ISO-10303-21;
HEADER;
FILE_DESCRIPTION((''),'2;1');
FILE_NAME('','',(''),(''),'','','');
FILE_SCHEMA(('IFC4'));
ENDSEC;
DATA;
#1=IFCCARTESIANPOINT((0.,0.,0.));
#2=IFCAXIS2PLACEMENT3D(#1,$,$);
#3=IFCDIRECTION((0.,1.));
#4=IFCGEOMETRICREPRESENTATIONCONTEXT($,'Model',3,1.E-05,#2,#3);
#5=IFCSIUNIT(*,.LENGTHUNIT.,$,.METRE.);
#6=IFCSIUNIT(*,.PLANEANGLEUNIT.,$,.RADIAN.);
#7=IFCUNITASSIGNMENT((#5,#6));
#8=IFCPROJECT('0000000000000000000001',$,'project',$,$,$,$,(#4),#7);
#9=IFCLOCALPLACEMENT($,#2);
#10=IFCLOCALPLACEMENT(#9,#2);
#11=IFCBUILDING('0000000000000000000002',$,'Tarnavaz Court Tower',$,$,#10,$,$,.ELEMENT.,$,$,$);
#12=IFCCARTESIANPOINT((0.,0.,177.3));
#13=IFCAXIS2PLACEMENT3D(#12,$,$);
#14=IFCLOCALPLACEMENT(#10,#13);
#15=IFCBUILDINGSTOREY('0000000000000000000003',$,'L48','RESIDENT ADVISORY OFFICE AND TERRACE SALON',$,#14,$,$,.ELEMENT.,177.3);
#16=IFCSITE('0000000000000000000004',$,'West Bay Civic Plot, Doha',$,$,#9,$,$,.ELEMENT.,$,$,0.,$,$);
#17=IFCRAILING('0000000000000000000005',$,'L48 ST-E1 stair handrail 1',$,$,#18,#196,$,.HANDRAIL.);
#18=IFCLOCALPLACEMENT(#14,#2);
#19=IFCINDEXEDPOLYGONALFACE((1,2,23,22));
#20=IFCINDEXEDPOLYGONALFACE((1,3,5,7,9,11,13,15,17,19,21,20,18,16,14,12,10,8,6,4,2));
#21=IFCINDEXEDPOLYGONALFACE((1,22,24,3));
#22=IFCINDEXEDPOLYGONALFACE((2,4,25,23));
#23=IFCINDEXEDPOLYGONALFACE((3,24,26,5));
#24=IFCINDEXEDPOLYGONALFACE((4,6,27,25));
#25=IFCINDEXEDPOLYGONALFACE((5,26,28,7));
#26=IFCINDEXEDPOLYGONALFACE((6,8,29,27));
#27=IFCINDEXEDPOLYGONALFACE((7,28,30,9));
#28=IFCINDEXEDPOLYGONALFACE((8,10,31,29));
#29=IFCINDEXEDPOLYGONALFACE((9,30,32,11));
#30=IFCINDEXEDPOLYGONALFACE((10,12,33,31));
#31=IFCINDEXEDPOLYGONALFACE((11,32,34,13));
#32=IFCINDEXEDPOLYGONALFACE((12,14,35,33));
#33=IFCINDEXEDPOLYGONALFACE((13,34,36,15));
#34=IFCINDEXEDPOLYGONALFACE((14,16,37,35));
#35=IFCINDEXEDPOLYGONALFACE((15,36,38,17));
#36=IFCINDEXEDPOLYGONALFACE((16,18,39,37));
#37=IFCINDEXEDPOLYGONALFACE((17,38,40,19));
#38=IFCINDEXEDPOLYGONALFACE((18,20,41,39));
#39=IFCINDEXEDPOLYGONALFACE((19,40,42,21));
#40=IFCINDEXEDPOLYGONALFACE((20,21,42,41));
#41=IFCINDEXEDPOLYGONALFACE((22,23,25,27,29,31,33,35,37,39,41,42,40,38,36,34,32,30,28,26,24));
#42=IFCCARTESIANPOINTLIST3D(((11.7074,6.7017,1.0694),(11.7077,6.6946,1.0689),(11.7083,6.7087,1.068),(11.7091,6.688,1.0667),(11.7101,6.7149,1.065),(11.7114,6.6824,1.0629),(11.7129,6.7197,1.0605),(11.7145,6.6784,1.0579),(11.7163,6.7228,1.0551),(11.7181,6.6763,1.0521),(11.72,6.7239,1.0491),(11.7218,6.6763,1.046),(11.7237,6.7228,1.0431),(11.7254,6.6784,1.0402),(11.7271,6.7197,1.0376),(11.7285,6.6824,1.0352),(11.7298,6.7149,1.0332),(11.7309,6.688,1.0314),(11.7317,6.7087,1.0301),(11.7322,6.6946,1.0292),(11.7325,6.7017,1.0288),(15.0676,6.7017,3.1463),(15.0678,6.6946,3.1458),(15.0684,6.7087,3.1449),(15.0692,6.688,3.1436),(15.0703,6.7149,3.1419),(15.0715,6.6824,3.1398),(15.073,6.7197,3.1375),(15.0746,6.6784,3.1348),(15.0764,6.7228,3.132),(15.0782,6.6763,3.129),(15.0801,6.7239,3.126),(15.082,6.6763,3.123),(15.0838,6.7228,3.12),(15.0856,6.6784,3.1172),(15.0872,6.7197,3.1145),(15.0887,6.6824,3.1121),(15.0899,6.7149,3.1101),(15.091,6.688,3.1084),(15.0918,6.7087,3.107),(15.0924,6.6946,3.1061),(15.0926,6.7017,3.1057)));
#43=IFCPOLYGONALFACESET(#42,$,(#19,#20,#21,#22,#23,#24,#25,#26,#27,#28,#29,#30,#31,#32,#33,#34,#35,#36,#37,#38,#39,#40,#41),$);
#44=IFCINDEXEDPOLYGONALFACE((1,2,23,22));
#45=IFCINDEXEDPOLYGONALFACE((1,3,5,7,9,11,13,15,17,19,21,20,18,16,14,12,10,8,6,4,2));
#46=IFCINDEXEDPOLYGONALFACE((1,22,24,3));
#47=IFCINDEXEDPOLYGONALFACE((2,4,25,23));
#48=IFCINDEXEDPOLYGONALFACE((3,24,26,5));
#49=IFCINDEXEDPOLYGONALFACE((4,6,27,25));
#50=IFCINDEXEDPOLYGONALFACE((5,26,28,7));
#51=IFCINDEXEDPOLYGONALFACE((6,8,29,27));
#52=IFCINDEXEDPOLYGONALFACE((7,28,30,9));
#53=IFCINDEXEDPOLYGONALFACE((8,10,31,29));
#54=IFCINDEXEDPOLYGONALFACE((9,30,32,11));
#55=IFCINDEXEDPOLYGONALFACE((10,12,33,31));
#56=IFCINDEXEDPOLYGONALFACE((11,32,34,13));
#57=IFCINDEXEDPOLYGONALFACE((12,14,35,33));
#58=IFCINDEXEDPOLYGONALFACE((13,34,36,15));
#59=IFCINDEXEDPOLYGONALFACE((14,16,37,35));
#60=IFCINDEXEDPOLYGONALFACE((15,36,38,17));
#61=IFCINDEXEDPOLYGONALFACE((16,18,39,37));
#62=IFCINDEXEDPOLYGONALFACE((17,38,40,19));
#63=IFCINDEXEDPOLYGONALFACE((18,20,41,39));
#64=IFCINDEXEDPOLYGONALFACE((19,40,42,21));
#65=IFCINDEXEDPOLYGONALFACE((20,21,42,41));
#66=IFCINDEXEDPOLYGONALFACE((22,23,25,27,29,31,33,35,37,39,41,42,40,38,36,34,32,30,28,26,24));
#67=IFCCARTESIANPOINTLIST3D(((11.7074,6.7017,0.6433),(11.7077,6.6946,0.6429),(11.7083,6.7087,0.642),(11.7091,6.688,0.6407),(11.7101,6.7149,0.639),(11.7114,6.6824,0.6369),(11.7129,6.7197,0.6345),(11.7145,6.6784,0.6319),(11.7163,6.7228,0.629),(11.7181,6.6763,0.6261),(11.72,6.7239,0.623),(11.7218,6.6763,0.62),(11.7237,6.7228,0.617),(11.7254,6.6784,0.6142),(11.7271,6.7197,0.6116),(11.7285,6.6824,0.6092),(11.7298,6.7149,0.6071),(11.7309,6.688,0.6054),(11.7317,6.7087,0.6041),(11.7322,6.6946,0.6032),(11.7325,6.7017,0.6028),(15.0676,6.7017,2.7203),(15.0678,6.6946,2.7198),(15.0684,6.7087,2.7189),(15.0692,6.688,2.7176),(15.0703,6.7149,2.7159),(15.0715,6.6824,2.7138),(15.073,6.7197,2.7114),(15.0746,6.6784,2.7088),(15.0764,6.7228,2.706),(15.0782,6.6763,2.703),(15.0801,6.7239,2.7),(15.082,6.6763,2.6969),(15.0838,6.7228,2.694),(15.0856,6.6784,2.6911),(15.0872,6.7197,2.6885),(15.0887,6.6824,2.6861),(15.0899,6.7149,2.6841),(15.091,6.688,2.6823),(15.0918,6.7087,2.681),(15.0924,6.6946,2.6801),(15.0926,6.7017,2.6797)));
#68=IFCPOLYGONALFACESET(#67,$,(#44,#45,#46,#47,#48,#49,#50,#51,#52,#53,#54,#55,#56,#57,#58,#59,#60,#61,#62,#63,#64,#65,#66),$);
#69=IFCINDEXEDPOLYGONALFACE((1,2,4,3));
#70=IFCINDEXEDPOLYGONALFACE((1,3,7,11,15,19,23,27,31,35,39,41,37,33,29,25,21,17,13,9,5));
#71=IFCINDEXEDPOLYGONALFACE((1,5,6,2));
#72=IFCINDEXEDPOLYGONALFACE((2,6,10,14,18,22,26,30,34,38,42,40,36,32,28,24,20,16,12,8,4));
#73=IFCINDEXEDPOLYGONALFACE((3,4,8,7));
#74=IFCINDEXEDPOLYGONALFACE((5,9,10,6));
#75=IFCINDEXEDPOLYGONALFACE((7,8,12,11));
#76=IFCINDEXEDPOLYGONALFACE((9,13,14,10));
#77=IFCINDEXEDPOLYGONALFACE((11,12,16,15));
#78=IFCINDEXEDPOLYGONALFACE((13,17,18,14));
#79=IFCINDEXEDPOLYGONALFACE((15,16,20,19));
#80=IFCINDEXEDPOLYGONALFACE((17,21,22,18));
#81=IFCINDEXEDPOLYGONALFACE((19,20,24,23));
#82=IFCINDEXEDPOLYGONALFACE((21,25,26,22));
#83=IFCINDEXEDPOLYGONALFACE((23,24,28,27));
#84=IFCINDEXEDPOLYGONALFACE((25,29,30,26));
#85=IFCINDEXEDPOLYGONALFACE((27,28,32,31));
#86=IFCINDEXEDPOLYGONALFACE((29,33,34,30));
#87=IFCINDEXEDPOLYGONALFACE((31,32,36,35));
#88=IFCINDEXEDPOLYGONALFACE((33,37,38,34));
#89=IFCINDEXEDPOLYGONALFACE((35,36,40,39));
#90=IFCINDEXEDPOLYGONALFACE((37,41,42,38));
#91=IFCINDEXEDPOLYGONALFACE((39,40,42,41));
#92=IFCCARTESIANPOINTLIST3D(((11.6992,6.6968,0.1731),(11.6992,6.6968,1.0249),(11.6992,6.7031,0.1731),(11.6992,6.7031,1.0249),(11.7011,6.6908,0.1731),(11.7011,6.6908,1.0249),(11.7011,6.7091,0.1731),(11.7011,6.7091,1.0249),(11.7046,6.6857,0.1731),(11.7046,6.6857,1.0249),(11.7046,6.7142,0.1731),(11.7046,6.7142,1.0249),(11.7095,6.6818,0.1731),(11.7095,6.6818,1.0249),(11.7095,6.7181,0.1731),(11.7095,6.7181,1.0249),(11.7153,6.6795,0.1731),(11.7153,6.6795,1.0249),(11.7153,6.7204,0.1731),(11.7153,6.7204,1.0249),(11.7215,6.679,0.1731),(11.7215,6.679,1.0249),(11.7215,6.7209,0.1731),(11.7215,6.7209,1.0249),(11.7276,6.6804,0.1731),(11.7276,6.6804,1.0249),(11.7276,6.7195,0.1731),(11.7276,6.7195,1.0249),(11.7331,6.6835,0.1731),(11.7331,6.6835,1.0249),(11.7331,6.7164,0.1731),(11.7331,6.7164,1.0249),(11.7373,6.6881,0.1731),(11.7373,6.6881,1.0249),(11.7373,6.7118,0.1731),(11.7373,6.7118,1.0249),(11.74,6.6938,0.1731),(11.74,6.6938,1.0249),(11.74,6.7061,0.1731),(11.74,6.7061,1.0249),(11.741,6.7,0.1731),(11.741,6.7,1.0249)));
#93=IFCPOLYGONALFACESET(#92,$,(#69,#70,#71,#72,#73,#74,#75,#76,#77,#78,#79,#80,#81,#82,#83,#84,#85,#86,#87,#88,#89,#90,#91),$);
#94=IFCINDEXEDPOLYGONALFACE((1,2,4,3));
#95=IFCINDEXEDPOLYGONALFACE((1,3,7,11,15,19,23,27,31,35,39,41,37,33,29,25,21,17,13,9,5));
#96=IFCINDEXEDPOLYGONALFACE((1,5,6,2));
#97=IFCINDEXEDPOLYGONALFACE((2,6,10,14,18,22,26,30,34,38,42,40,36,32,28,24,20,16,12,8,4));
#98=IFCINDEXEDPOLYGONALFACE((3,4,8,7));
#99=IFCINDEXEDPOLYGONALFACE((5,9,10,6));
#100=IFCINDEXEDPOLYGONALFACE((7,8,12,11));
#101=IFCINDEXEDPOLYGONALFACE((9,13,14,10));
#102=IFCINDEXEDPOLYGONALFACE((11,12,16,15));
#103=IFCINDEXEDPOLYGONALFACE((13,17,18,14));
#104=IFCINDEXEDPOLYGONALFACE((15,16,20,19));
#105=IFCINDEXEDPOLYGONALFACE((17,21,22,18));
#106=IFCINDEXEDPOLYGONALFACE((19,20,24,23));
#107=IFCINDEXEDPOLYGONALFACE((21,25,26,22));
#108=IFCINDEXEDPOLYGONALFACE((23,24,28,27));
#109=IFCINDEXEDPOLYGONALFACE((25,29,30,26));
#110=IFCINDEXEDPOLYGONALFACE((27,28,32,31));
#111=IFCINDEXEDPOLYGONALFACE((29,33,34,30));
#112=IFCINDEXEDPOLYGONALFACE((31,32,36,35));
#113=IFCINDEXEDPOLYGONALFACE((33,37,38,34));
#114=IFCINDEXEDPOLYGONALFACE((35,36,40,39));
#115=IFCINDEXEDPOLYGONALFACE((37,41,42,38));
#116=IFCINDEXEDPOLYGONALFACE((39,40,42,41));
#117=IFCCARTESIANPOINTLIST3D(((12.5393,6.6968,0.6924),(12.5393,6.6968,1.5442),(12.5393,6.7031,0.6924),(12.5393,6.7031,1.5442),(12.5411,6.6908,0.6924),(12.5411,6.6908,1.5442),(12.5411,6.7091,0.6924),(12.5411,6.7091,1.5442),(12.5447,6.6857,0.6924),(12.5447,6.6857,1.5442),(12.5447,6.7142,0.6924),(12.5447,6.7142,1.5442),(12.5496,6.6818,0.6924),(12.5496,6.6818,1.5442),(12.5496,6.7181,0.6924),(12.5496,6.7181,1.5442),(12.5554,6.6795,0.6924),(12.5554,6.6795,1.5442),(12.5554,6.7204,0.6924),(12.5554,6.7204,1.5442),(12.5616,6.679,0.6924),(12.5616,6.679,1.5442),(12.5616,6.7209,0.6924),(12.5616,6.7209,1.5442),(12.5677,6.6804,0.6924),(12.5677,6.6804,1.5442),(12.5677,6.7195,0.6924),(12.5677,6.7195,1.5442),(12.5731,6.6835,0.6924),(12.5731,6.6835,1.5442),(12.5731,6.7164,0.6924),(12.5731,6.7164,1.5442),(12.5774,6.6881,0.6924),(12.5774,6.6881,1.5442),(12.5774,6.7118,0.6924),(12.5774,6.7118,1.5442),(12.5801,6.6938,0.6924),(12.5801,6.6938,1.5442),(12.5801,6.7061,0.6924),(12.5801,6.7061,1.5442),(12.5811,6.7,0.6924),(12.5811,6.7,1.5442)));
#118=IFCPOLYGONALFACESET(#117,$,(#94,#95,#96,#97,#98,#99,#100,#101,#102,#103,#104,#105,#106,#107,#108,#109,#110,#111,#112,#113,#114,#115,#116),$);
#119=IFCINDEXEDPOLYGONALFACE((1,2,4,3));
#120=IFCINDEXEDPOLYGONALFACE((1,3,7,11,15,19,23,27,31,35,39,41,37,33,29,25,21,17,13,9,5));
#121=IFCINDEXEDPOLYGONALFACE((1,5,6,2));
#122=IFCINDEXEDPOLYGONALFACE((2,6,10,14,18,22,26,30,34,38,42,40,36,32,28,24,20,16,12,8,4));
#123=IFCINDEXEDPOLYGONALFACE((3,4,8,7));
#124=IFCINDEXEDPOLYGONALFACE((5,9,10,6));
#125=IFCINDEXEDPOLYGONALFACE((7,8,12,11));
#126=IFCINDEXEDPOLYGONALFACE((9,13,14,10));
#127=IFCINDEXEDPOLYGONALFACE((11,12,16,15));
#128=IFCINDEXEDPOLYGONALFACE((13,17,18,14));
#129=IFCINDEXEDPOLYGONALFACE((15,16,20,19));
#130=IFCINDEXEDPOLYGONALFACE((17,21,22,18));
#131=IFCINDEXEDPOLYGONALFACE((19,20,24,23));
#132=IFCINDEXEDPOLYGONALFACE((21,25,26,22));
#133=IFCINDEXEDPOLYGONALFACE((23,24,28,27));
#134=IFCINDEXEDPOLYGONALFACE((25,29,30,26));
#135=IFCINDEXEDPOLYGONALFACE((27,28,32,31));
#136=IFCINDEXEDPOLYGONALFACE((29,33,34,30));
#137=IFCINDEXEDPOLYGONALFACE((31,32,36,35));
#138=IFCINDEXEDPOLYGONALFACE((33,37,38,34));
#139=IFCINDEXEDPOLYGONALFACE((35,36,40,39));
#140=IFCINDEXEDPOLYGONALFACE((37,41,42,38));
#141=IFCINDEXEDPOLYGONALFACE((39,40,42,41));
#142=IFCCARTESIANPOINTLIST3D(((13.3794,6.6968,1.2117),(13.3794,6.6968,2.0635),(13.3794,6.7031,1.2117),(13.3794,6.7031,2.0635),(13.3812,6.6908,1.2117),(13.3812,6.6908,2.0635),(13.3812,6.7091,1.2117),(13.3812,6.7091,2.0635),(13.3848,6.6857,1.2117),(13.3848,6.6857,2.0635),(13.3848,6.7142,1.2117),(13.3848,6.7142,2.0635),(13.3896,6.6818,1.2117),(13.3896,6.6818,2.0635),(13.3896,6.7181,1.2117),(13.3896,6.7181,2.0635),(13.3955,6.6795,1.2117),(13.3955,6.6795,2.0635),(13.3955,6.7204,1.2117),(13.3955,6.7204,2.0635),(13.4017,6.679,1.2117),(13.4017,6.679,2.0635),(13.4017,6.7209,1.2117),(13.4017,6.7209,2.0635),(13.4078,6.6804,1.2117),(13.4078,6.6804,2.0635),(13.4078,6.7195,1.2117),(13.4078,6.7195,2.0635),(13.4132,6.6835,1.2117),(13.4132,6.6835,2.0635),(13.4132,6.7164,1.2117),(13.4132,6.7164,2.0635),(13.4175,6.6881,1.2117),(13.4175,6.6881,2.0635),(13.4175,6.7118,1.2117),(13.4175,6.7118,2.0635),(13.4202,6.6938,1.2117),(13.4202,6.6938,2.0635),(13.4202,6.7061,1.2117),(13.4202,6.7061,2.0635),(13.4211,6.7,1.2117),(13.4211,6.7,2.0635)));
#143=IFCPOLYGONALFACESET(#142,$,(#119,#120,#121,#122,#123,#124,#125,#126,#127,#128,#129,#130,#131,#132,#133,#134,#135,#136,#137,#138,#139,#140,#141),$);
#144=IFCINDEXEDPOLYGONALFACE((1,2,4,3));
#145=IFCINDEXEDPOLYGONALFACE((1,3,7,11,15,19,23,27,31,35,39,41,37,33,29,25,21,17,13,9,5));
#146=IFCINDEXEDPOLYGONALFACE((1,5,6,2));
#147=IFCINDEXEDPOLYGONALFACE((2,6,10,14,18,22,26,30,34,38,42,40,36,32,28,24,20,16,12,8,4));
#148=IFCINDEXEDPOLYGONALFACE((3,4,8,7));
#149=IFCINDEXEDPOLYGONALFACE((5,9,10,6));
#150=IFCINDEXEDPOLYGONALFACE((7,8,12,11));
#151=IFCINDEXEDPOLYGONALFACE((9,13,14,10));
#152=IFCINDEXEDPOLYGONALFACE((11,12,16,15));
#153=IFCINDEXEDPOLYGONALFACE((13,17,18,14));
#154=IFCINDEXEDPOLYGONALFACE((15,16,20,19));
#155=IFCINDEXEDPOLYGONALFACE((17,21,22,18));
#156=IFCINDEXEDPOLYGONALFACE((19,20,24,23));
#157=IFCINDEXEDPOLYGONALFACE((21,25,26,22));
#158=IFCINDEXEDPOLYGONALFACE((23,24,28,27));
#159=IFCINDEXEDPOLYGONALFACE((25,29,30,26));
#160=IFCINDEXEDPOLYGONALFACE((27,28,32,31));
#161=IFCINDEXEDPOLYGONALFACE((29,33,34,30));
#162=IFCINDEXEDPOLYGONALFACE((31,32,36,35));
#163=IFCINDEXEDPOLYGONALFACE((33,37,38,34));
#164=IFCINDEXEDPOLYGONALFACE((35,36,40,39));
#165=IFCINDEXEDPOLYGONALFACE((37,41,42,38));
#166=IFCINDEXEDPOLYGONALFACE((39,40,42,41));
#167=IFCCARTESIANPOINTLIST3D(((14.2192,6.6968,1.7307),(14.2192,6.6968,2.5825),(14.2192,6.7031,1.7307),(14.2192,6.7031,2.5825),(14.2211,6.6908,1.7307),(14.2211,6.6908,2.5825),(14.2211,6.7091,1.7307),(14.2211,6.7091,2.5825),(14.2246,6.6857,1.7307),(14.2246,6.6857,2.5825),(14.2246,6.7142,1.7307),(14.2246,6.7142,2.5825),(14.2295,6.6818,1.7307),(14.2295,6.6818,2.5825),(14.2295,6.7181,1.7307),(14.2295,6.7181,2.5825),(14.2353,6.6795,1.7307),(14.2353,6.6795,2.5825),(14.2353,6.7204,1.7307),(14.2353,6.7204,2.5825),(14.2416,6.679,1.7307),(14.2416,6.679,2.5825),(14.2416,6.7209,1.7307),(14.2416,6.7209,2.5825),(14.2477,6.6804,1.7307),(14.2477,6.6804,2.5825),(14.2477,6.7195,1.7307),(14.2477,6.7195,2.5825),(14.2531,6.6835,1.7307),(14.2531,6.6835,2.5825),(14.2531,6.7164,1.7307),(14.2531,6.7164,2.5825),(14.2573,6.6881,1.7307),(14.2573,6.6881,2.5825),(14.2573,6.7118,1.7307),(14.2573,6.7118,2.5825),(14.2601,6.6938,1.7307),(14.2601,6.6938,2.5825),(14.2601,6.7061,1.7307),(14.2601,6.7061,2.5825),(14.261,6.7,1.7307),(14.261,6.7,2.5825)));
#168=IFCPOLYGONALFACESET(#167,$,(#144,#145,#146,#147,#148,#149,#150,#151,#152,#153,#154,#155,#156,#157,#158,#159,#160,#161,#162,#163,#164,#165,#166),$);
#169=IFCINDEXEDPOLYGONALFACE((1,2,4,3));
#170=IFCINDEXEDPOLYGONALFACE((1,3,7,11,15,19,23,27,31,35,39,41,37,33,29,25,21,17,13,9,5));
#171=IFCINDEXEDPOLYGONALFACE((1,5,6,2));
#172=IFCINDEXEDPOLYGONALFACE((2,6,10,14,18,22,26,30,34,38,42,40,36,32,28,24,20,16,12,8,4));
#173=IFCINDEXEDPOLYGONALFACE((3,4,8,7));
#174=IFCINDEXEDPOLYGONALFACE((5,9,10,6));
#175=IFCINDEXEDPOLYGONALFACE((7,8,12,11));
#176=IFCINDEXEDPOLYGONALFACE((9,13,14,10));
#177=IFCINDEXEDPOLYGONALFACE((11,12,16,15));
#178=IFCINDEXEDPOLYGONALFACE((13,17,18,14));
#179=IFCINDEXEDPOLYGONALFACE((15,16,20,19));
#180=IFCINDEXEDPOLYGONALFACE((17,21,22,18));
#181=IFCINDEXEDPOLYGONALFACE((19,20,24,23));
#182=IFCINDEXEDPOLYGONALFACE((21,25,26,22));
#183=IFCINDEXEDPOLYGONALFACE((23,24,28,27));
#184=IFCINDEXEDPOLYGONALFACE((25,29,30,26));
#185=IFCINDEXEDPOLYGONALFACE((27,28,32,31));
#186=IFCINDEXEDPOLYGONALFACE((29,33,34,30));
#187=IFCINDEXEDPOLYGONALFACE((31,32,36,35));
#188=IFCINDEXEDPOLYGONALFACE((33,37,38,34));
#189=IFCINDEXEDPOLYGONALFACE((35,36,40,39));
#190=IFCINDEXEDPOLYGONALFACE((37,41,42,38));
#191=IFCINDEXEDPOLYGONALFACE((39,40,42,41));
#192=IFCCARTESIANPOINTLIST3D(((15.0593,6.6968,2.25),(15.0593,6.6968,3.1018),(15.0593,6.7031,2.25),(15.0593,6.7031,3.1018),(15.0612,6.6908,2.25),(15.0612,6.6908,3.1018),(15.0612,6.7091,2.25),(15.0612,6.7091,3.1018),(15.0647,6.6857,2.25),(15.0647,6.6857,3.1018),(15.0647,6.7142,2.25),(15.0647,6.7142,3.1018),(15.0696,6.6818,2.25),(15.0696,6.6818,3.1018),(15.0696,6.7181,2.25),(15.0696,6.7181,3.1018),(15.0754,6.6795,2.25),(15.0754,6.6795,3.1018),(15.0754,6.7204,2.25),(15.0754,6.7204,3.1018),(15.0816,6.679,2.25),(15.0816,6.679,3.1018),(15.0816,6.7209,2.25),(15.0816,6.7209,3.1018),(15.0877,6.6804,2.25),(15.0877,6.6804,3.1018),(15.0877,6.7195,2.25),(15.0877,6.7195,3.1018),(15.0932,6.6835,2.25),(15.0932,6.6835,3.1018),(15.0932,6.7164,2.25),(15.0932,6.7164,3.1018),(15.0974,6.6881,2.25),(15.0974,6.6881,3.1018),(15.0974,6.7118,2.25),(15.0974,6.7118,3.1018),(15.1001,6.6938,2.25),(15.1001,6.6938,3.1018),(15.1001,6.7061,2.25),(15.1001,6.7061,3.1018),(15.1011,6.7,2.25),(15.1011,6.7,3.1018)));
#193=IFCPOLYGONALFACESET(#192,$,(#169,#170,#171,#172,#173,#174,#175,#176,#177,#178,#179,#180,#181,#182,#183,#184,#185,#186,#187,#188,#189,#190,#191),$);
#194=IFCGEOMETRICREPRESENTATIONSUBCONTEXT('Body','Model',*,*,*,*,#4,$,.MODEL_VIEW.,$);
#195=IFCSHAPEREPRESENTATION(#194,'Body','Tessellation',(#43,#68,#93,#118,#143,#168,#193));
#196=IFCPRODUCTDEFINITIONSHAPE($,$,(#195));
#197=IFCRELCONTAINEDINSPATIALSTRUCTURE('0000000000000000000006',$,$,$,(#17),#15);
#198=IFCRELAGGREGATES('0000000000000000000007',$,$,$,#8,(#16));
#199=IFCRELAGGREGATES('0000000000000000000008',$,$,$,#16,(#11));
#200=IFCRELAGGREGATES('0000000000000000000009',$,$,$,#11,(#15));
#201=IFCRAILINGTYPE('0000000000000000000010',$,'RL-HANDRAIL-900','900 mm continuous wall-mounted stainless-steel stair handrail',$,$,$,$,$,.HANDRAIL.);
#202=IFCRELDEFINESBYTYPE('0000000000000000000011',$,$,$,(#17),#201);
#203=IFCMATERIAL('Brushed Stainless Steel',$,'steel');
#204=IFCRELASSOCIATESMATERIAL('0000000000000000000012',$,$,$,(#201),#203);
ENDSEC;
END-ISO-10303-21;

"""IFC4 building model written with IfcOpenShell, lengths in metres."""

from ifc_helpers import new_model, si_unit, direction, frame, origin, origin_2d, place, context, subcontext, project, spatial, circle, extrude, material, type_object, element, save


model = new_model("IFC4")

# Units and contexts
model_context = context("Model", 3, precision=1e-05, world=origin(), true_north=direction((0.0, 1.0)))
body_context = subcontext(model_context, "Body", "Model", "MODEL_VIEW")
ifc_project = project(units=[si_unit("LENGTHUNIT", "METRE"), si_unit("PLANEANGLEUNIT", "RADIAN")], contexts=[model_context])

# Site, building, storey
site_placement = place(None, origin())
site = spatial("IfcSite", under=ifc_project, at=site_placement, Name="West Bay Civic Plot, Doha", CompositionType="ELEMENT", RefElevation=0.0)
building_placement = place(site_placement, origin())
building = spatial("IfcBuilding", under=site, at=building_placement, Name="Tarnavaz Court Tower", CompositionType="ELEMENT")
storey_placement = place(building_placement, frame((0.0, 0.0, 177.3)))
storey = spatial("IfcBuildingStorey", under=building, at=storey_placement, Name="L48", Description="RESIDENT ADVISORY OFFICE AND TERRACE SALON", CompositionType="ELEMENT", Elevation=177.3)

# Railing
ifc_material_1 = material(Name="Brushed Stainless Steel", Category="steel")
railing_type_1 = type_object("IfcRailingType", Name="RL-HANDRAIL-900", Description="900 mm continuous wall-mounted stainless-steel stair handrail", PredefinedType="HANDRAIL", material=ifc_material_1)
railing_1_placement = place(storey_placement, frame((11.72, 6.7, 0.1731)))
element("IfcRailing", 1, at=railing_1_placement, inside=storey, type_object=railing_type_1, Name="L48 ST-E1 stair handrail 1", PredefinedType="HANDRAIL", context=body_context, shape_type="SweptSolid", body=[
    extrude(circle(Radius=0.0239, at=origin_2d()), frame((0.0, 0.0, 0.876), z_axis=(0.850623, 0.0, 0.525776), x_axis=(0.0, 1.0, 0.0)), (0.0, 0.0, 1.0), 3.9502),
    extrude(circle(Radius=0.0239, at=origin_2d()), frame((0.0, 0.0, 0.45), z_axis=(0.850623, 0.0, 0.525776), x_axis=(0.0, 1.0, 0.0)), (0.0, 0.0, 1.0), 3.9502),
    extrude(circle(Radius=0.021, at=origin_2d()), origin(), (0.0, 0.0, 1.0), 0.8518),
    extrude(circle(Radius=0.021, at=origin_2d()), frame((0.8401, 0.0, 0.5193)), (0.0, 0.0, 1.0), 0.8518),
    extrude(circle(Radius=0.021, at=origin_2d()), frame((1.6802, 0.0, 1.0386)), (0.0, 0.0, 1.0), 0.8518),
    extrude(circle(Radius=0.021, at=origin_2d()), frame((2.52, 0.0, 1.5576)), (0.0, 0.0, 1.0), 0.8518),
    extrude(circle(Radius=0.021, at=origin_2d()), frame((3.3601, 0.0, 2.0769)), (0.0, 0.0, 1.0), 0.8518),
])

save(model, "model.ifc")
